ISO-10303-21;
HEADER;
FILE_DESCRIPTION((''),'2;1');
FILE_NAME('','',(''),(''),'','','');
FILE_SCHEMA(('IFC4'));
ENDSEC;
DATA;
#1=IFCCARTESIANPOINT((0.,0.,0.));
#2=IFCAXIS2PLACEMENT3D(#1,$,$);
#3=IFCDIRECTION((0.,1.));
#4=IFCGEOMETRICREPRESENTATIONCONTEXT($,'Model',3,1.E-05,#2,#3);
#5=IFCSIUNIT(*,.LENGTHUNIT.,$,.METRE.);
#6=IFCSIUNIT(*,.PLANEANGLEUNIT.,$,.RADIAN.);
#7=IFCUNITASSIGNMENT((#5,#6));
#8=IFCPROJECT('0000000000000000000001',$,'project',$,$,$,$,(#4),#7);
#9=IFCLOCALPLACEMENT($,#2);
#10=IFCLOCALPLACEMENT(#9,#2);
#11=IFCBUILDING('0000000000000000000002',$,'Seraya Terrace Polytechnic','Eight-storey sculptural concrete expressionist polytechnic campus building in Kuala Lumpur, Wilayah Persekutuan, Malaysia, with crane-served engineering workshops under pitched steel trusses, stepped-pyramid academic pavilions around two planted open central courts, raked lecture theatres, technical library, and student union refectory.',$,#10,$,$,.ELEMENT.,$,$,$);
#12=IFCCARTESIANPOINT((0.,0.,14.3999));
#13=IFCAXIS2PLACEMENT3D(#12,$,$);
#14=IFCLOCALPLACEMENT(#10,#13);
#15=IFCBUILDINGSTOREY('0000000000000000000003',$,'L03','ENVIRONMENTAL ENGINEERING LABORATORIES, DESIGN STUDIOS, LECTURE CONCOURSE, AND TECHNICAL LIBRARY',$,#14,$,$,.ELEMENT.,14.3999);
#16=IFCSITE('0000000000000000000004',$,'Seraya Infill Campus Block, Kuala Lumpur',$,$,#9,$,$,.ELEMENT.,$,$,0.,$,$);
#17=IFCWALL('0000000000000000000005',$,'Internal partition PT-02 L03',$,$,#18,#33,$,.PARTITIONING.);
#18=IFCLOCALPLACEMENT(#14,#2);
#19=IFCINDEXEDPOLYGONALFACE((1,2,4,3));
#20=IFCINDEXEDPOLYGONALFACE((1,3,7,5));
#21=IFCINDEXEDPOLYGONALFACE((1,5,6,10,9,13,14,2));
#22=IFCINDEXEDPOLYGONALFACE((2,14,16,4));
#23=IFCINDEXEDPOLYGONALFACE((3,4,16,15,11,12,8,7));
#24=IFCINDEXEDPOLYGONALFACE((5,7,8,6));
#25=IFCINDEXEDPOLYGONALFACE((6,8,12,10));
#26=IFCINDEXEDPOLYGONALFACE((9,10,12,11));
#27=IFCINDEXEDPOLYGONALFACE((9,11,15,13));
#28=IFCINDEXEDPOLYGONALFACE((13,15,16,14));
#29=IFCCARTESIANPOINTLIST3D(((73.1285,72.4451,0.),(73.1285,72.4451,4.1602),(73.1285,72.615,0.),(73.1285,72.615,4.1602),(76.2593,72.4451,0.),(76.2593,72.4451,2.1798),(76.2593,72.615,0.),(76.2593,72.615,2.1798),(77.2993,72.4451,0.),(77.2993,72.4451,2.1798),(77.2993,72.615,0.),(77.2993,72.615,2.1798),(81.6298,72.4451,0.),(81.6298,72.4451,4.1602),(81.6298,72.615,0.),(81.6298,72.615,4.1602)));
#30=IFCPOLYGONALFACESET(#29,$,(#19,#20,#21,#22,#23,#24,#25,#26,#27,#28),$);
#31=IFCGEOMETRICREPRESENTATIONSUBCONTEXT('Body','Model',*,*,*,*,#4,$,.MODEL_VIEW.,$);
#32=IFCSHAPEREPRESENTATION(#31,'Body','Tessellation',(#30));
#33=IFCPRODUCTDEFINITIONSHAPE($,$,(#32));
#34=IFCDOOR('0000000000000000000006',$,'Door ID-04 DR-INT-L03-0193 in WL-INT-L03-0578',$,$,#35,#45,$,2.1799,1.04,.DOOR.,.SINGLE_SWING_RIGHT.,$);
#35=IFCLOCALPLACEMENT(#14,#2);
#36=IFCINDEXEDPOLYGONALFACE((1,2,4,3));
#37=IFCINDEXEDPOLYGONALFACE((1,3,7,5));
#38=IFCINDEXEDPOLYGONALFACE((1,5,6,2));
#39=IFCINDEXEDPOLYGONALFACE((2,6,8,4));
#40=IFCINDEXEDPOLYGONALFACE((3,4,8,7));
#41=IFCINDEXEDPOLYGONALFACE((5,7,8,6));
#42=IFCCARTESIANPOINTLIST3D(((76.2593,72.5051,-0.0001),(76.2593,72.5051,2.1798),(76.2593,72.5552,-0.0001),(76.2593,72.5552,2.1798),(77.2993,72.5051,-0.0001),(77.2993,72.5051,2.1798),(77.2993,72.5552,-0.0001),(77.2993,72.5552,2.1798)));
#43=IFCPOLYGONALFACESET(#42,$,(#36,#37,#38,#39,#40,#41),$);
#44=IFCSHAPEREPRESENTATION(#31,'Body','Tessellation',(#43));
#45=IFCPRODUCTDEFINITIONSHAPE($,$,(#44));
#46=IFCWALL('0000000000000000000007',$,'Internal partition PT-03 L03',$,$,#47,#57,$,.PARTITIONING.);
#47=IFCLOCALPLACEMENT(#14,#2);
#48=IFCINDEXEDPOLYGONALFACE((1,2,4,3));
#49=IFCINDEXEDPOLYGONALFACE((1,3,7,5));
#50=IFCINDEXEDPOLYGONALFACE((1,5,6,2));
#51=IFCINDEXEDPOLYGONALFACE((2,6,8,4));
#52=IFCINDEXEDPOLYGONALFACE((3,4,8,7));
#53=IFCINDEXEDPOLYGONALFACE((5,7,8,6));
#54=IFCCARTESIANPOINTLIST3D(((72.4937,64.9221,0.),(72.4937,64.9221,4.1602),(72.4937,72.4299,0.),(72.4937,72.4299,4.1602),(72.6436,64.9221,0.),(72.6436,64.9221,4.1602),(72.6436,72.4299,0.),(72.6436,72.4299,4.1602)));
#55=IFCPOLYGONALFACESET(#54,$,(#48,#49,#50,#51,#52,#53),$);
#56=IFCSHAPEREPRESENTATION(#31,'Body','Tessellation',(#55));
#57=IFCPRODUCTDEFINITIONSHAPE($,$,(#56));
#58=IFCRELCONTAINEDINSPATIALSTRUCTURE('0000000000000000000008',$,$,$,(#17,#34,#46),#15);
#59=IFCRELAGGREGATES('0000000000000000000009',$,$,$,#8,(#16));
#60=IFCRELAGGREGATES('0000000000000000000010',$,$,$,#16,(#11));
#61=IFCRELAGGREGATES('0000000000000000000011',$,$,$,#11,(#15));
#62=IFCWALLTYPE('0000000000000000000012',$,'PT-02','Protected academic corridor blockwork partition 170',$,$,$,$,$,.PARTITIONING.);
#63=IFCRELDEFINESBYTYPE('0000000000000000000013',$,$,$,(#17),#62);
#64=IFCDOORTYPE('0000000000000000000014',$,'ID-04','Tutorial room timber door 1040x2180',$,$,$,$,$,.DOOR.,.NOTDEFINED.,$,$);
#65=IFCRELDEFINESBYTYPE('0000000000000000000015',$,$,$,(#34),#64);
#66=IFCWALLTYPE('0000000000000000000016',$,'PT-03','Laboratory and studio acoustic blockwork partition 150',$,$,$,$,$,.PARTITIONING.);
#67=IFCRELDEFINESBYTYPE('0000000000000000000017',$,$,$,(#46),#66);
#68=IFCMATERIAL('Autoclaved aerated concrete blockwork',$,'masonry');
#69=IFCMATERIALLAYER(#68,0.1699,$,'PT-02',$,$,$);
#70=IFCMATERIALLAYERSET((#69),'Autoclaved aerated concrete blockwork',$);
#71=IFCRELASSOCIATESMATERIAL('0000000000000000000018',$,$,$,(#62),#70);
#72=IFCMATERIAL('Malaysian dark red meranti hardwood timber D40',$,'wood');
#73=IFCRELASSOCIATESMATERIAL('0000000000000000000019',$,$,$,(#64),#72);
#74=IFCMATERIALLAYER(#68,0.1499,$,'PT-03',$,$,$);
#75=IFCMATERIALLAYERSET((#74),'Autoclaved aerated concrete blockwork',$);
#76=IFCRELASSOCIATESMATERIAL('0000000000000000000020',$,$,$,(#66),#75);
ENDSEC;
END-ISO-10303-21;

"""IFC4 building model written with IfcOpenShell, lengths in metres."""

from ifc_helpers import new_model, si_unit, direction, frame, frame_2d, origin, place, context, subcontext, project, spatial, rectangle, extrude, material, layer, layer_set, type_object, element, fill, save


model = new_model("IFC4")

# Units and contexts
model_context = context("Model", 3, precision=1e-05, world=origin(), true_north=direction((0.0, 1.0)))
body_context = subcontext(model_context, "Body", "Model", "MODEL_VIEW")
ifc_project = project(units=[si_unit("LENGTHUNIT", "METRE"), si_unit("PLANEANGLEUNIT", "RADIAN")], contexts=[model_context])

# Site, building, storey
site_placement = place(None, origin())
site = spatial("IfcSite", under=ifc_project, at=site_placement, Name="Seraya Infill Campus Block, Kuala Lumpur", CompositionType="ELEMENT", RefElevation=0.0)
building_placement = place(site_placement, origin())
building = spatial("IfcBuilding", under=site, at=building_placement, Name="Seraya Terrace Polytechnic", Description="Eight-storey sculptural concrete expressionist polytechnic campus building in Kuala Lumpur, Wilayah Persekutuan, Malaysia, with crane-served engineering workshops under pitched steel trusses, stepped-pyramid academic pavilions around two planted open central courts, raked lecture theatres, technical library, and student union refectory.", CompositionType="ELEMENT")
storey_placement = place(building_placement, frame((0.0, 0.0, 14.3999)))
storey = spatial("IfcBuildingStorey", under=building, at=storey_placement, Name="L03", Description="ENVIRONMENTAL ENGINEERING LABORATORIES, DESIGN STUDIOS, LECTURE CONCOURSE, AND TECHNICAL LIBRARY", CompositionType="ELEMENT", Elevation=14.3999)

# Wall, opening, door
ifc_material_1 = material(Name="Autoclaved aerated concrete blockwork", Category="masonry")
ifc_layer_1 = layer(ifc_material_1, 0.1699, Name="PT-02")
ifc_layer_set_1 = layer_set([ifc_layer_1], Name="Autoclaved aerated concrete blockwork")
wall_type_1 = type_object("IfcWallType", Name="PT-02", Description="Protected academic corridor blockwork partition 170", PredefinedType="PARTITIONING", material=ifc_layer_set_1)
wall_1_placement = place(storey_placement, frame((73.1287, 72.53, 0.0), z_axis=(0.0, 0.0, 1.0), x_axis=(1.0, 0.0, 0.0)))
wall_1 = element("IfcWall", 1, at=wall_1_placement, inside=storey, type_object=wall_type_1, Name="Internal partition PT-02 L03", PredefinedType="PARTITIONING", context=body_context, shape_type="SweptSolid", body=[
    extrude(rectangle(XDim=8.5012, YDim=0.1699, at=frame_2d((4.2505, 0.0))), origin(), (0.0, 0.0, 1.0), 4.1602),
])
opening_placement = place(wall_1_placement, frame((3.1306, 0.0, 0.0)))
opening = element("IfcOpeningElement", 2, at=opening_placement, cuts=wall_1, PredefinedType="OPENING", context=body_context, shape_type="SweptSolid", body=[
    extrude(rectangle(XDim=1.04, YDim=2.1799, at=frame_2d((0.52, 1.0898))), frame((0.0, 0.0969, 0.0), z_axis=(0.0, -1.0, 0.0), x_axis=(1.0, 0.0, 0.0)), (0.0, 0.0, 1.0), 0.1938),
])
ifc_material_2 = material(Name="Malaysian dark red meranti hardwood timber D40", Category="wood")
door_type = type_object("IfcDoorType", Name="ID-04", Description="Tutorial room timber door 1040x2180", OperationType="NOTDEFINED", PredefinedType="DOOR", material=ifc_material_2)
door_placement = place(opening_placement, frame((1.04, 0.0, 0.0), z_axis=(0.0, 0.0, 1.0), x_axis=(-1.0, 0.0, 0.0)))
door = element("IfcDoor", 3, at=door_placement, inside=storey, type_object=door_type, Name="Door ID-04 DR-INT-L03-0193 in WL-INT-L03-0578", OperationType="SINGLE_SWING_RIGHT", OverallHeight=2.1799, OverallWidth=1.04, PredefinedType="DOOR", context=body_context, shape_type="SweptSolid", body=[
    extrude(rectangle(XDim=1.04, YDim=2.1799, at=frame_2d((0.52, 1.0898))), frame((0.0, 0.0249, 0.0), z_axis=(0.0, -1.0, 0.0), x_axis=(1.0, 0.0, 0.0)), (0.0, 0.0, 1.0), 0.05),
])
fill(opening, door)

# Wall
ifc_layer_2 = layer(ifc_material_1, 0.1499, Name="PT-03")
ifc_layer_set_2 = layer_set([ifc_layer_2], Name="Autoclaved aerated concrete blockwork")
wall_type_2 = type_object("IfcWallType", Name="PT-03", Description="Laboratory and studio acoustic blockwork partition 150", PredefinedType="PARTITIONING", material=ifc_layer_set_2)
wall_2_placement = place(storey_placement, frame((72.5686, 64.9221, 0.0), z_axis=(0.0, 0.0, 1.0), x_axis=(0.0, 1.0, 0.0)))
element("IfcWall", 4, at=wall_2_placement, inside=storey, type_object=wall_type_2, Name="Internal partition PT-03 L03", PredefinedType="PARTITIONING", context=body_context, shape_type="SweptSolid", body=[
    extrude(rectangle(XDim=7.5078, YDim=0.1499, at=frame_2d((3.7539, 0.0))), origin(), (0.0, 0.0, 1.0), 4.1602),
])

save(model, "model.ifc")
